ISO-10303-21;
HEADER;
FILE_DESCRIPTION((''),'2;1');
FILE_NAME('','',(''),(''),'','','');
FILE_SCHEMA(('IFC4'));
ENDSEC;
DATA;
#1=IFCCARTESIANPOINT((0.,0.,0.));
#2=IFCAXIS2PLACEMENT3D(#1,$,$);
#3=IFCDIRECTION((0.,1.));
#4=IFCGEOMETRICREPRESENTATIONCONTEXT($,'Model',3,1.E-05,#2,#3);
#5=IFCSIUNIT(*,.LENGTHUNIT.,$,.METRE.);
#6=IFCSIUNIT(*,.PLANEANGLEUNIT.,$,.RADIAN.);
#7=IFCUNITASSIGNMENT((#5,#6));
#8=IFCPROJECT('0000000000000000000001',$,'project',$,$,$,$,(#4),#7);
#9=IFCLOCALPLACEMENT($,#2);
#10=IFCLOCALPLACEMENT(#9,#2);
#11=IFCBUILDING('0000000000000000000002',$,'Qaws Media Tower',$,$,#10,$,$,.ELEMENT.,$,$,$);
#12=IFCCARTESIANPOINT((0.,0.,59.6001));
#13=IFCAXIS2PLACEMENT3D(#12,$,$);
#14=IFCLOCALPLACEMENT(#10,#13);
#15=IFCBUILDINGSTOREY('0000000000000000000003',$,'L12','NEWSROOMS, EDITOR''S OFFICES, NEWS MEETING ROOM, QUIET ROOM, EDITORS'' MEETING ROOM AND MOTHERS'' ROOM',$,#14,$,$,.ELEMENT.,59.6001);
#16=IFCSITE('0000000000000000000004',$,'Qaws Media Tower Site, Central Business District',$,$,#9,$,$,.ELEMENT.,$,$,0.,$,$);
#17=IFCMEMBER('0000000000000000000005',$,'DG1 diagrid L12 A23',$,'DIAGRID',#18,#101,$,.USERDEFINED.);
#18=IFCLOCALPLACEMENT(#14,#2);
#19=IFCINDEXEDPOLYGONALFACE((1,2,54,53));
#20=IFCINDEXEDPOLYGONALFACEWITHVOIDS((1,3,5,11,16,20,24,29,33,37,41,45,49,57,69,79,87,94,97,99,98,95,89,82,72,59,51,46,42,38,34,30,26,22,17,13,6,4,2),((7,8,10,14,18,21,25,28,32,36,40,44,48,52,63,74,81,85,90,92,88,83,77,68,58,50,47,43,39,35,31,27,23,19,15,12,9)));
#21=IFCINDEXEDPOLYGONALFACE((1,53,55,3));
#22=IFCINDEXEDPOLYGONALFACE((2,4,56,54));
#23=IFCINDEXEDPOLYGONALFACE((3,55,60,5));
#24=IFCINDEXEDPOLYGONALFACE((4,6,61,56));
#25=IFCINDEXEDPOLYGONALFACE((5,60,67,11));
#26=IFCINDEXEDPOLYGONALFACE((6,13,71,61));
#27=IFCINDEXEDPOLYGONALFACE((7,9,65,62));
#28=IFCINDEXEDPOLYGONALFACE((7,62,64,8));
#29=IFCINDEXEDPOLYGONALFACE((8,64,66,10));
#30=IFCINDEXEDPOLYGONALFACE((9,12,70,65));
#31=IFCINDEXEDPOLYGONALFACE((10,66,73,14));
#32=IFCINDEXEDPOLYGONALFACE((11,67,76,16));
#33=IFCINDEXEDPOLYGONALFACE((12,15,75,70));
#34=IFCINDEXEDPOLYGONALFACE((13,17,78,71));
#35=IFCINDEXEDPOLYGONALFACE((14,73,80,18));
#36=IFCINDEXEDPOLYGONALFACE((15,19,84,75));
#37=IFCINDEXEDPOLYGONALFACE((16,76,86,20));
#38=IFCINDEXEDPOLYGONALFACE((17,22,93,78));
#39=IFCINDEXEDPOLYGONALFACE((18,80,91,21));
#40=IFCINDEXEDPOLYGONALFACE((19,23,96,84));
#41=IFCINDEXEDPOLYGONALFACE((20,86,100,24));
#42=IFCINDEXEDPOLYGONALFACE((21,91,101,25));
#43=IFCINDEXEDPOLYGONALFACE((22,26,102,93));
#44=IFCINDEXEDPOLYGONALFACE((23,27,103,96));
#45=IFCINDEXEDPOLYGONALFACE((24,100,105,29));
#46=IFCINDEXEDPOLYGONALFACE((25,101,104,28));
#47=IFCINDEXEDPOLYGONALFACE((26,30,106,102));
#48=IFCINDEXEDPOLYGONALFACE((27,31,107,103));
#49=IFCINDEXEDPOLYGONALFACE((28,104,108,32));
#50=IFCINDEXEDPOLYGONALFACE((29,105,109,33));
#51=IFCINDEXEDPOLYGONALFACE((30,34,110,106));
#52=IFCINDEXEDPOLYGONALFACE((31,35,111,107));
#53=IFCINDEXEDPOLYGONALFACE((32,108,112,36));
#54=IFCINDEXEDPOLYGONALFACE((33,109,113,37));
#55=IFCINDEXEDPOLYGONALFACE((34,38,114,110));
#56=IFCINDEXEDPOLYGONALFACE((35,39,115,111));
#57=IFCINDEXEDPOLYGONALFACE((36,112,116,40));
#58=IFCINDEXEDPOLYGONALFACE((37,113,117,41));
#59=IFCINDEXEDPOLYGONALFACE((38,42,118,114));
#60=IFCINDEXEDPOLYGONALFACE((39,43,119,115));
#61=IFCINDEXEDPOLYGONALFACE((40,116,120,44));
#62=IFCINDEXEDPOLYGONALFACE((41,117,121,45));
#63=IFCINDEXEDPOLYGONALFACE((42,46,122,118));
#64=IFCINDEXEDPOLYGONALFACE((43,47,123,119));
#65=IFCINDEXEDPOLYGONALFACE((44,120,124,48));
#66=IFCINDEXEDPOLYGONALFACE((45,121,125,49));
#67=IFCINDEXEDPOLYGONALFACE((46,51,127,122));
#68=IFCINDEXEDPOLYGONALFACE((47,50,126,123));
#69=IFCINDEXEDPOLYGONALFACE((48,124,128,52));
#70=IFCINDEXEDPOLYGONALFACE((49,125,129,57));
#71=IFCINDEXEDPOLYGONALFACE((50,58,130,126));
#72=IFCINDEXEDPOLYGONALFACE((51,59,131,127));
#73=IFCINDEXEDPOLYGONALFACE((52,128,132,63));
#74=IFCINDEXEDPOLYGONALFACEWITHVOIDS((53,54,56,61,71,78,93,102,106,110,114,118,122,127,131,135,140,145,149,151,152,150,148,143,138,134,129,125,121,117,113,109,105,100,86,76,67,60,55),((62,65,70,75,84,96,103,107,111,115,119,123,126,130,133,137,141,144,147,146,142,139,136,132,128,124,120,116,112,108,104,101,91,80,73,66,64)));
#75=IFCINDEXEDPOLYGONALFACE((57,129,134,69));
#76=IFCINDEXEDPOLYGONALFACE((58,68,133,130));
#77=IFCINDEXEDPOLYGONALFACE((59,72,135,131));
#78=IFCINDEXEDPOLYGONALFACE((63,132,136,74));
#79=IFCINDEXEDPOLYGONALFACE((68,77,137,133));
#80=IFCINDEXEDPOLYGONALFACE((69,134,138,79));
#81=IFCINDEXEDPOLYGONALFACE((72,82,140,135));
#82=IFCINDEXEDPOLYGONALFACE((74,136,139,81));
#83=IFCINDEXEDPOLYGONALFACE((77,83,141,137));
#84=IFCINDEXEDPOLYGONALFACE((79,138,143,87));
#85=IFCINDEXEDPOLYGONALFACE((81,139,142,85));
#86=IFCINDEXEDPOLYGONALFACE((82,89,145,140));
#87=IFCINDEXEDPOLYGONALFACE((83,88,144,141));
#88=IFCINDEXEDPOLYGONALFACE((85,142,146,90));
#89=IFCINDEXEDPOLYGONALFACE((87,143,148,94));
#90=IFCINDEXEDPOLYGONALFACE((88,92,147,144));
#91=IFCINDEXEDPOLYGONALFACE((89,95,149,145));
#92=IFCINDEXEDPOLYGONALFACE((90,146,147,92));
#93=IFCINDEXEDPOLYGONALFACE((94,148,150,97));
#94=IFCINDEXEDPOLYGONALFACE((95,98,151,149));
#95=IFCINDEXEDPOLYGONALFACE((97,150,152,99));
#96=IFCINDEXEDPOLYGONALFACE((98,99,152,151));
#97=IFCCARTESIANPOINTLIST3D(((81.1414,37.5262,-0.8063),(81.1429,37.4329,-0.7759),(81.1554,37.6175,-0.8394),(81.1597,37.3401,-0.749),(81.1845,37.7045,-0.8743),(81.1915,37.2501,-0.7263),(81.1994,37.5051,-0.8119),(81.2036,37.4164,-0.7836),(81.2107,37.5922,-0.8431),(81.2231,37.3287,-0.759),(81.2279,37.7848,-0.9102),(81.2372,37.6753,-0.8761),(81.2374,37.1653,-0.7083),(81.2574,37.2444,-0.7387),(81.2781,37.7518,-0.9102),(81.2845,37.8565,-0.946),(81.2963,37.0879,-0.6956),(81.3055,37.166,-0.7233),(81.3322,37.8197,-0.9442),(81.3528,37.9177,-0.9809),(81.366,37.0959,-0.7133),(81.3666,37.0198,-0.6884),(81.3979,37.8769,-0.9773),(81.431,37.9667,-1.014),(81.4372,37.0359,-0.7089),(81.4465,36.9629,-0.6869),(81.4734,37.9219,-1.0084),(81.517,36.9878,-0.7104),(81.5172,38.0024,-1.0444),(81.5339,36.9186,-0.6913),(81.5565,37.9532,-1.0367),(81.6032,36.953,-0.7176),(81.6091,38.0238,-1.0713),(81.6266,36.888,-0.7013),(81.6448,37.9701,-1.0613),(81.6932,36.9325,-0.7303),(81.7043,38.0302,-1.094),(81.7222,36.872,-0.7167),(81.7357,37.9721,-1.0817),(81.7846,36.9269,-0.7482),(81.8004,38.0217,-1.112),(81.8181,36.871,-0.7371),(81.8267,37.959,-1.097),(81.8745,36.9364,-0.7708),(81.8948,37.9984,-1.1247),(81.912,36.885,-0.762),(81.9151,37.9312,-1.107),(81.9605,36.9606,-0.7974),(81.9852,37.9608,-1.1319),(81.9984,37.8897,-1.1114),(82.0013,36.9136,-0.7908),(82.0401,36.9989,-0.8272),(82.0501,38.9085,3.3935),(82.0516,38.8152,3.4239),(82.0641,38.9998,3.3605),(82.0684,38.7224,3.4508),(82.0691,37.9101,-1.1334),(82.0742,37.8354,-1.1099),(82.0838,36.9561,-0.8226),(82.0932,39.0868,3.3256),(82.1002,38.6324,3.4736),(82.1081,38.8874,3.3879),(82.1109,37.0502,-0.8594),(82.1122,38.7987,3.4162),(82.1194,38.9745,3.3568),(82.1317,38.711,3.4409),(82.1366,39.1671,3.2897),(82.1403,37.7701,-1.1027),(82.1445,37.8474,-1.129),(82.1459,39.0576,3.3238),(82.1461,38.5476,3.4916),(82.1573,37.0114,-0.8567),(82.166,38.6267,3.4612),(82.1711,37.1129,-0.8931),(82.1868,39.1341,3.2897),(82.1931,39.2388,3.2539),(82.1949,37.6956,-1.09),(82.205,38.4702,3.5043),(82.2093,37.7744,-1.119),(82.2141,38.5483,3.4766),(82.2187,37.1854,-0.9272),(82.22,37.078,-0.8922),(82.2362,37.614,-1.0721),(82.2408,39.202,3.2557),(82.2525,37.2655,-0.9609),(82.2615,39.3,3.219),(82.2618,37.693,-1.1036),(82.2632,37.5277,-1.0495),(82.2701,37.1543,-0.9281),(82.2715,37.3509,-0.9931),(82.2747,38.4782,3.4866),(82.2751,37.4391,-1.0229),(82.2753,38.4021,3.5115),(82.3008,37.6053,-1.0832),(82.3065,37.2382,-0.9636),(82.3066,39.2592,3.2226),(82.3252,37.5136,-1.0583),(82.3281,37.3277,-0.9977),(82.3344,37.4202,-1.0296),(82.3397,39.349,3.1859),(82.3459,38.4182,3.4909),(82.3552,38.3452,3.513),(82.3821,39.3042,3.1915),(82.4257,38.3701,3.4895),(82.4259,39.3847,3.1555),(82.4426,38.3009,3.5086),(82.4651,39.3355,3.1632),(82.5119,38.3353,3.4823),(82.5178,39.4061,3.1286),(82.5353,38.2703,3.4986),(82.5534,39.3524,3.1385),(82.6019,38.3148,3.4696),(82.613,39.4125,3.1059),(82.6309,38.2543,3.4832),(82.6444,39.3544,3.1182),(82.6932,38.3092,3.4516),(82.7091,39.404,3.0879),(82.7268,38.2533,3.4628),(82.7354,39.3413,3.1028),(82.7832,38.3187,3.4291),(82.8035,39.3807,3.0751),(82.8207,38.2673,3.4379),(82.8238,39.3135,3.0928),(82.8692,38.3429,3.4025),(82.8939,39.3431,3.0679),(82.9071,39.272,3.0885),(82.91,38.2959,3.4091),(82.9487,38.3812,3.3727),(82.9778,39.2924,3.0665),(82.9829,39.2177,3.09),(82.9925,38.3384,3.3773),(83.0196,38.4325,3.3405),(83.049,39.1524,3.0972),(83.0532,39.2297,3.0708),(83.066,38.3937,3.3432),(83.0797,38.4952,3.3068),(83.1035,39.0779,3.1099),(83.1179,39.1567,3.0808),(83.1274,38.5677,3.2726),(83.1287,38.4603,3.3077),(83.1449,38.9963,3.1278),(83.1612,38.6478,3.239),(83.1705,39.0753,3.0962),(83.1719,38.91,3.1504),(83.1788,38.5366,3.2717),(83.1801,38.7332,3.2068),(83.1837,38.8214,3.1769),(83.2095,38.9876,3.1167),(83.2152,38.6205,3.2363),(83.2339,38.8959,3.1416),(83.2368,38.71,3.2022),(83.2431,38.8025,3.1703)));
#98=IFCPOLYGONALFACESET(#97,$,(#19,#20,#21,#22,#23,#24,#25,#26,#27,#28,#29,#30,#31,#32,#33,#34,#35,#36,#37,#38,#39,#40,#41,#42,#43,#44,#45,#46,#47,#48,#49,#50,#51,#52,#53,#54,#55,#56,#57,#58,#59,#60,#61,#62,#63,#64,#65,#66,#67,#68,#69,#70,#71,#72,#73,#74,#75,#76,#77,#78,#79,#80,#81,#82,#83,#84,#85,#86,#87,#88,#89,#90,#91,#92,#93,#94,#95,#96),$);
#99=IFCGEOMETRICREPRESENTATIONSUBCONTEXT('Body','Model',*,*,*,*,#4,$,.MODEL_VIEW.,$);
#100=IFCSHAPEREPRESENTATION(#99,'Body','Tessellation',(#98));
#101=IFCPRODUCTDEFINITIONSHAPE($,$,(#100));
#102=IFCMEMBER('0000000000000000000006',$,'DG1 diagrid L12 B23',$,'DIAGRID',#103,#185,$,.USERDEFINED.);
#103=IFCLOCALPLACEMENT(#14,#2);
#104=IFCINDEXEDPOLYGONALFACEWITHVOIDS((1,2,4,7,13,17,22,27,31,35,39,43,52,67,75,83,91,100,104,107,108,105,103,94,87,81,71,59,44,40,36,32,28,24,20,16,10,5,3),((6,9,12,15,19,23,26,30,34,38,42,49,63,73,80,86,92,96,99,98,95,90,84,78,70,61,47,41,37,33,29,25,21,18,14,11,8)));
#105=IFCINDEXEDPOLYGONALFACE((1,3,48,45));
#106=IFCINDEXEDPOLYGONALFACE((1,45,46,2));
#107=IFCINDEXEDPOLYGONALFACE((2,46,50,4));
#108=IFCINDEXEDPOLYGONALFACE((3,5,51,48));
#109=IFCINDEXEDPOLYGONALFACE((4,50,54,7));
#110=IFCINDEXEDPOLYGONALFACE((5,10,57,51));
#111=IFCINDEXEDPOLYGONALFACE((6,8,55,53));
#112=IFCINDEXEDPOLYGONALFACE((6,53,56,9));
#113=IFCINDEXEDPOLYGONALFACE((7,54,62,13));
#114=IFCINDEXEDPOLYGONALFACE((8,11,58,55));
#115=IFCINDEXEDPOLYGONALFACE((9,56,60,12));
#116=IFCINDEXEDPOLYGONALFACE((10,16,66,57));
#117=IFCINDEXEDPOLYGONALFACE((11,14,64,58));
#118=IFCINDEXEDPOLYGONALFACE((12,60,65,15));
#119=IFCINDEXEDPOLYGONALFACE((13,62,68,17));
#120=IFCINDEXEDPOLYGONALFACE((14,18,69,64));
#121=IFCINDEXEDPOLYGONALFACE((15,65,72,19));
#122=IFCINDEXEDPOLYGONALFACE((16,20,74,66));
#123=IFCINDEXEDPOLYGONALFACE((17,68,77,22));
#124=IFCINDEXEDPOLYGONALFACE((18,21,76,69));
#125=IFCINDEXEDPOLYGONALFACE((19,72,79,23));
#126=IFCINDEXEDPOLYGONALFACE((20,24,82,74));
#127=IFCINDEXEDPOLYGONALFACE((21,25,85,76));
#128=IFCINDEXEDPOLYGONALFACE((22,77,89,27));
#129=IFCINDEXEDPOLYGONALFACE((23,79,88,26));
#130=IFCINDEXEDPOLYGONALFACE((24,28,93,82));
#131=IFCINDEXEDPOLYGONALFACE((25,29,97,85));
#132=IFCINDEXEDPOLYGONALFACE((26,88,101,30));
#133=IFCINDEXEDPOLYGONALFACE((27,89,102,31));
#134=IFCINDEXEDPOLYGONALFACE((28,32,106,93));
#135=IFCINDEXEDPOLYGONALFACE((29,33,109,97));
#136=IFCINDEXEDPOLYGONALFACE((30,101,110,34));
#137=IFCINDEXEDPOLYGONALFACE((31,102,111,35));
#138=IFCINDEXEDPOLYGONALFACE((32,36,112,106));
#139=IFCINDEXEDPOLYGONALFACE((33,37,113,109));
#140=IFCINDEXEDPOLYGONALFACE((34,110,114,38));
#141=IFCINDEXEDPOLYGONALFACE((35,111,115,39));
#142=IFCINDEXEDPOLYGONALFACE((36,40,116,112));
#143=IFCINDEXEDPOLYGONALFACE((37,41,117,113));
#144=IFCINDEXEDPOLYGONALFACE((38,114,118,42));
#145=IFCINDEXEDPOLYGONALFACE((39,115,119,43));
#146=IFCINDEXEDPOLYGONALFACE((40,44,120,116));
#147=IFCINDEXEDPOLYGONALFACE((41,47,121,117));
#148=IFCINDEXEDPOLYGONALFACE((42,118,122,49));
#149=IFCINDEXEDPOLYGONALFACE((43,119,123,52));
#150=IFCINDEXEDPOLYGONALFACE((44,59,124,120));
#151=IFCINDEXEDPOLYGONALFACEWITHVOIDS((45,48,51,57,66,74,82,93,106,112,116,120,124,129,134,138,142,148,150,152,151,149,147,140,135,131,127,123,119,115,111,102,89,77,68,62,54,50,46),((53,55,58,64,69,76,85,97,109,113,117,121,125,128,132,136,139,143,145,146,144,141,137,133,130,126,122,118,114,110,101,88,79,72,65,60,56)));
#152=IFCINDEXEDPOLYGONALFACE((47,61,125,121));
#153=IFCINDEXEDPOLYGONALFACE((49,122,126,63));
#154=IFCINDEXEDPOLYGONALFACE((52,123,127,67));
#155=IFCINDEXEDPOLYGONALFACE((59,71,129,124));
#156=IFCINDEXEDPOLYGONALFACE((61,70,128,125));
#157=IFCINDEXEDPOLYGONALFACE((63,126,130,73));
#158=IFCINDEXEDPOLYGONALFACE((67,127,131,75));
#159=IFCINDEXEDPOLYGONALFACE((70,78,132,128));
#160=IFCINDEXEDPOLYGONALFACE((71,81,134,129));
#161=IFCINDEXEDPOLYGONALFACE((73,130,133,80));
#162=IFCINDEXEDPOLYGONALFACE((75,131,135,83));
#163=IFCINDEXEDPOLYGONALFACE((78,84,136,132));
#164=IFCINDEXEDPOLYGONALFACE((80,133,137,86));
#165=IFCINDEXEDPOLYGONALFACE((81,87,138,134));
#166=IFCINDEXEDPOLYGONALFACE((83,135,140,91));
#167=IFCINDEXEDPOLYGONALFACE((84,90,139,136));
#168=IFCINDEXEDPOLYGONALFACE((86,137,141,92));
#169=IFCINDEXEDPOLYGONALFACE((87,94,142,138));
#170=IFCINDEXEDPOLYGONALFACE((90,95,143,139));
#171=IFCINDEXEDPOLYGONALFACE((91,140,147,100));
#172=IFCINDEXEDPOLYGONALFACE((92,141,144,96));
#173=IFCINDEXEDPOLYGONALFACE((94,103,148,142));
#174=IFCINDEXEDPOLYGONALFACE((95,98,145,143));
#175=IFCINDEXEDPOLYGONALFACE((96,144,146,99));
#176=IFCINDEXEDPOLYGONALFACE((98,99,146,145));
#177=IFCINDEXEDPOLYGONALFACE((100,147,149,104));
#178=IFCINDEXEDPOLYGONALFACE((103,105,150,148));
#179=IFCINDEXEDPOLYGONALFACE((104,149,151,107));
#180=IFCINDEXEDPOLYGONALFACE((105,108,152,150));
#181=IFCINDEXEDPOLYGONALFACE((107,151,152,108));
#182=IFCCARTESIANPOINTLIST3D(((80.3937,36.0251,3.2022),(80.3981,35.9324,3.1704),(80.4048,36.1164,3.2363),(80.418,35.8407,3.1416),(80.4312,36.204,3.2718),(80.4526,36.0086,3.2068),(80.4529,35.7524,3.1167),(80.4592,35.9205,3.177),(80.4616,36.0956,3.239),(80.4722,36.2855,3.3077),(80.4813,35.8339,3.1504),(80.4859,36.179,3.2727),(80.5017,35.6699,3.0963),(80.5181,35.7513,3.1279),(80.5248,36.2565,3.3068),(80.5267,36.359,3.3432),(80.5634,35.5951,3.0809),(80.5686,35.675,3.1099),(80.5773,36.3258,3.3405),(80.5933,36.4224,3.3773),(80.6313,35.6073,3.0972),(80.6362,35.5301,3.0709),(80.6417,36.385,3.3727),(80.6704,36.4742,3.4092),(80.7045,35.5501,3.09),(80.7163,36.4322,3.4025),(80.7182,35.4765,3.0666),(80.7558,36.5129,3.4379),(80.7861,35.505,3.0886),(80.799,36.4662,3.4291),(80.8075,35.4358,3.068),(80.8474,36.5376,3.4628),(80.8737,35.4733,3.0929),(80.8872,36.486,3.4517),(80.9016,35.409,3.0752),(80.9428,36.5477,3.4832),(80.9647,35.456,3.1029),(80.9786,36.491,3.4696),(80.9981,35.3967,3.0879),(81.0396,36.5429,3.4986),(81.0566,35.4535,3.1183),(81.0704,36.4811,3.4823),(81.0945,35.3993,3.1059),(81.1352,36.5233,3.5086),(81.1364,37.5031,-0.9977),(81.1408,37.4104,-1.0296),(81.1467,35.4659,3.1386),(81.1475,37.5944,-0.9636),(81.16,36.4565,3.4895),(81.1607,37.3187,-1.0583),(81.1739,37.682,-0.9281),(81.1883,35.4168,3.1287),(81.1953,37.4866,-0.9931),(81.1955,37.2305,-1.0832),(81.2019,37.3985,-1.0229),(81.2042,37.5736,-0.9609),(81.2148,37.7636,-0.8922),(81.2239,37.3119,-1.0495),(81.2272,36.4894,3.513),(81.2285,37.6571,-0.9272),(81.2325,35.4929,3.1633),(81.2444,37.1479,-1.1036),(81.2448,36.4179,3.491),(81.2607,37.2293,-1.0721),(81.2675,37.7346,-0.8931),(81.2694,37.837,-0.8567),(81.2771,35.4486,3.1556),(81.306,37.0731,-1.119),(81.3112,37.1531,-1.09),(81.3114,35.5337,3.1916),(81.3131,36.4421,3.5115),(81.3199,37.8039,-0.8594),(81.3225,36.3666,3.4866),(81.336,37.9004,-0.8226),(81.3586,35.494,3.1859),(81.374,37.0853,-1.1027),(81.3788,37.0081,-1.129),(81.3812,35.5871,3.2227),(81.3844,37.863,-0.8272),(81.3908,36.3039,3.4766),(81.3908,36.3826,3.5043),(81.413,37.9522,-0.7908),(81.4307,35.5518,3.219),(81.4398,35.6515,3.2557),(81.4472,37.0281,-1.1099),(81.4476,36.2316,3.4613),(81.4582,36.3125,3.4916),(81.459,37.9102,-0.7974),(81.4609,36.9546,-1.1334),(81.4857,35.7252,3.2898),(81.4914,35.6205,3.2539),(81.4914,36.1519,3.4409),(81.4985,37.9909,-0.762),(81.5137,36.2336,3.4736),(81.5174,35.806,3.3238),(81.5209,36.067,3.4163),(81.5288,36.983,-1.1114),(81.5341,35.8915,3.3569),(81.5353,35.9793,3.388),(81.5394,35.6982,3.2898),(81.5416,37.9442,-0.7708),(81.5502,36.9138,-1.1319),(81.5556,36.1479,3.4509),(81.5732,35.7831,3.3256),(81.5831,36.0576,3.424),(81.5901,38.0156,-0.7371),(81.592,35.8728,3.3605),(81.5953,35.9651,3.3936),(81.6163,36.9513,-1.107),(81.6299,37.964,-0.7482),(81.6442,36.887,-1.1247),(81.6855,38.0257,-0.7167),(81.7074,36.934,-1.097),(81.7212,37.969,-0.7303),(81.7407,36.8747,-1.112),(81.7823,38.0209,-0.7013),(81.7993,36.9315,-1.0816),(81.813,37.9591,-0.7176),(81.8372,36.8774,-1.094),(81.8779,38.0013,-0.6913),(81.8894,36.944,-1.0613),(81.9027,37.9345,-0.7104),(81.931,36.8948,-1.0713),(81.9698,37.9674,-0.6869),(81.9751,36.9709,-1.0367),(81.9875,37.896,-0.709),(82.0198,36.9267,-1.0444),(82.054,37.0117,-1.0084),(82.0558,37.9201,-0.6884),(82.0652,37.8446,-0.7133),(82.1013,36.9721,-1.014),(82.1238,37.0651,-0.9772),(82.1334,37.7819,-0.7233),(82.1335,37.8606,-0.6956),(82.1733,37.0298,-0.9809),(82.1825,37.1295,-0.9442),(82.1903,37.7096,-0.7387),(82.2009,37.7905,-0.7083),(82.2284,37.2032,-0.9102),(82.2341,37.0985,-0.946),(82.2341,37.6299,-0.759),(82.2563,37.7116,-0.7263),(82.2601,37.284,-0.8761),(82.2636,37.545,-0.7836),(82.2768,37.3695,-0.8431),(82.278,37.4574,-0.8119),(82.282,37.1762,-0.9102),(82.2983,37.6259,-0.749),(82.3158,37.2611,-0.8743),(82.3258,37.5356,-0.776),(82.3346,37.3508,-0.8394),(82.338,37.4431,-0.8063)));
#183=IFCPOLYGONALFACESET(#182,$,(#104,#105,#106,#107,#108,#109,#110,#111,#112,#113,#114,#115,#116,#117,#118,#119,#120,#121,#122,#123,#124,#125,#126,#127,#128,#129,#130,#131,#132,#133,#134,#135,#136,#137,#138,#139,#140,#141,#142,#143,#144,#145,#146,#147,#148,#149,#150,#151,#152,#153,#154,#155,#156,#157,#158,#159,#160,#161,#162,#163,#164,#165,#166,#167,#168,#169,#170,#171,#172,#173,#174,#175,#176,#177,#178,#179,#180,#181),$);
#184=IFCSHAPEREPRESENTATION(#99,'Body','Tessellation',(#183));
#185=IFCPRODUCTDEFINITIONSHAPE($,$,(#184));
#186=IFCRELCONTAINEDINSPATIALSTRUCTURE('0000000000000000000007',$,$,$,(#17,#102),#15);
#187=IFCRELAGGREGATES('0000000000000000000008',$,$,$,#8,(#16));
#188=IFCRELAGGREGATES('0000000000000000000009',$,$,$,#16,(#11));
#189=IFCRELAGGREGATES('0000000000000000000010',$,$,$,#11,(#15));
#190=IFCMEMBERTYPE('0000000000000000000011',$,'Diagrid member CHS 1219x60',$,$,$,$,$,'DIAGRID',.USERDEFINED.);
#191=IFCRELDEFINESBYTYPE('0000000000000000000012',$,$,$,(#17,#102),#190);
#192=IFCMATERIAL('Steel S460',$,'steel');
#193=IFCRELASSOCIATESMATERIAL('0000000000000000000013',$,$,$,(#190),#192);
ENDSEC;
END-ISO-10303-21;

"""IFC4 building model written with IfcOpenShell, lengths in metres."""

from ifc_helpers import new_model, si_unit, direction, frame, origin, origin_2d, place, context, subcontext, project, spatial, hollow_circle, extrude, material, material_profile, profile_set, type_object, element, save


model = new_model("IFC4")

# Units and contexts
model_context = context("Model", 3, precision=1e-05, world=origin(), true_north=direction((0.0, 1.0)))
body_context = subcontext(model_context, "Body", "Model", "MODEL_VIEW")
ifc_project = project(units=[si_unit("LENGTHUNIT", "METRE"), si_unit("PLANEANGLEUNIT", "RADIAN")], contexts=[model_context])

# Site, building, storey
site_placement = place(None, origin())
site = spatial("IfcSite", under=ifc_project, at=site_placement, Name="Qaws Media Tower Site, Central Business District", CompositionType="ELEMENT", RefElevation=0.0)
building_placement = place(site_placement, origin())
building = spatial("IfcBuilding", under=site, at=building_placement, Name="Qaws Media Tower", CompositionType="ELEMENT")
storey_placement = place(building_placement, frame((0.0, 0.0, 59.6001)))
storey = spatial("IfcBuildingStorey", under=building, at=storey_placement, Name="L12", Description="NEWSROOMS, EDITOR'S OFFICES, NEWS MEETING ROOM, QUIET ROOM, EDITORS' MEETING ROOM AND MOTHERS' ROOM", CompositionType="ELEMENT", Elevation=59.6001)

# Members
ifc_material_1 = material(Name="Steel S460", Category="steel")
ifc_material_profile_1 = material_profile(ifc_material_1, hollow_circle(Radius=0.6096, WallThickness=0.0601, at=origin_2d()), Name="CHS 1219x60")
ifc_profile_set_1 = profile_set([ifc_material_profile_1], Name="Steel S460")
member_type_1 = type_object("IfcMemberType", Name="Diagrid member CHS 1219x60", ElementType="DIAGRID", PredefinedType="USERDEFINED", material=ifc_profile_set_1)
for number, where, z_axis, x_axis, name in (
    (1, (81.7373, 37.45, -0.9102), (0.201305, 0.306231, 0.930429), (-0.83562, 0.549307, 0.0), "DG1 diagrid L12 A23"),
    (2, (81.7373, 37.45, -0.9102), (-0.164529, -0.327436, 0.930439), (0.89354, -0.448984, 0.0), "DG1 diagrid L12 B23"),
):
    element("IfcMember", number, at=place(storey_placement, frame(where, z_axis=z_axis, x_axis=x_axis)), inside=storey, type_object=member_type_1, Name=name, ObjectType="DIAGRID", PredefinedType="USERDEFINED", context=body_context, shape_type="SweptSolid", body=[
        extrude(hollow_circle(Radius=0.6096, WallThickness=0.0601, at=origin_2d()), origin(), (0.0, 0.0, 1.0), 4.5139),
    ])

save(model, "model.ifc")
